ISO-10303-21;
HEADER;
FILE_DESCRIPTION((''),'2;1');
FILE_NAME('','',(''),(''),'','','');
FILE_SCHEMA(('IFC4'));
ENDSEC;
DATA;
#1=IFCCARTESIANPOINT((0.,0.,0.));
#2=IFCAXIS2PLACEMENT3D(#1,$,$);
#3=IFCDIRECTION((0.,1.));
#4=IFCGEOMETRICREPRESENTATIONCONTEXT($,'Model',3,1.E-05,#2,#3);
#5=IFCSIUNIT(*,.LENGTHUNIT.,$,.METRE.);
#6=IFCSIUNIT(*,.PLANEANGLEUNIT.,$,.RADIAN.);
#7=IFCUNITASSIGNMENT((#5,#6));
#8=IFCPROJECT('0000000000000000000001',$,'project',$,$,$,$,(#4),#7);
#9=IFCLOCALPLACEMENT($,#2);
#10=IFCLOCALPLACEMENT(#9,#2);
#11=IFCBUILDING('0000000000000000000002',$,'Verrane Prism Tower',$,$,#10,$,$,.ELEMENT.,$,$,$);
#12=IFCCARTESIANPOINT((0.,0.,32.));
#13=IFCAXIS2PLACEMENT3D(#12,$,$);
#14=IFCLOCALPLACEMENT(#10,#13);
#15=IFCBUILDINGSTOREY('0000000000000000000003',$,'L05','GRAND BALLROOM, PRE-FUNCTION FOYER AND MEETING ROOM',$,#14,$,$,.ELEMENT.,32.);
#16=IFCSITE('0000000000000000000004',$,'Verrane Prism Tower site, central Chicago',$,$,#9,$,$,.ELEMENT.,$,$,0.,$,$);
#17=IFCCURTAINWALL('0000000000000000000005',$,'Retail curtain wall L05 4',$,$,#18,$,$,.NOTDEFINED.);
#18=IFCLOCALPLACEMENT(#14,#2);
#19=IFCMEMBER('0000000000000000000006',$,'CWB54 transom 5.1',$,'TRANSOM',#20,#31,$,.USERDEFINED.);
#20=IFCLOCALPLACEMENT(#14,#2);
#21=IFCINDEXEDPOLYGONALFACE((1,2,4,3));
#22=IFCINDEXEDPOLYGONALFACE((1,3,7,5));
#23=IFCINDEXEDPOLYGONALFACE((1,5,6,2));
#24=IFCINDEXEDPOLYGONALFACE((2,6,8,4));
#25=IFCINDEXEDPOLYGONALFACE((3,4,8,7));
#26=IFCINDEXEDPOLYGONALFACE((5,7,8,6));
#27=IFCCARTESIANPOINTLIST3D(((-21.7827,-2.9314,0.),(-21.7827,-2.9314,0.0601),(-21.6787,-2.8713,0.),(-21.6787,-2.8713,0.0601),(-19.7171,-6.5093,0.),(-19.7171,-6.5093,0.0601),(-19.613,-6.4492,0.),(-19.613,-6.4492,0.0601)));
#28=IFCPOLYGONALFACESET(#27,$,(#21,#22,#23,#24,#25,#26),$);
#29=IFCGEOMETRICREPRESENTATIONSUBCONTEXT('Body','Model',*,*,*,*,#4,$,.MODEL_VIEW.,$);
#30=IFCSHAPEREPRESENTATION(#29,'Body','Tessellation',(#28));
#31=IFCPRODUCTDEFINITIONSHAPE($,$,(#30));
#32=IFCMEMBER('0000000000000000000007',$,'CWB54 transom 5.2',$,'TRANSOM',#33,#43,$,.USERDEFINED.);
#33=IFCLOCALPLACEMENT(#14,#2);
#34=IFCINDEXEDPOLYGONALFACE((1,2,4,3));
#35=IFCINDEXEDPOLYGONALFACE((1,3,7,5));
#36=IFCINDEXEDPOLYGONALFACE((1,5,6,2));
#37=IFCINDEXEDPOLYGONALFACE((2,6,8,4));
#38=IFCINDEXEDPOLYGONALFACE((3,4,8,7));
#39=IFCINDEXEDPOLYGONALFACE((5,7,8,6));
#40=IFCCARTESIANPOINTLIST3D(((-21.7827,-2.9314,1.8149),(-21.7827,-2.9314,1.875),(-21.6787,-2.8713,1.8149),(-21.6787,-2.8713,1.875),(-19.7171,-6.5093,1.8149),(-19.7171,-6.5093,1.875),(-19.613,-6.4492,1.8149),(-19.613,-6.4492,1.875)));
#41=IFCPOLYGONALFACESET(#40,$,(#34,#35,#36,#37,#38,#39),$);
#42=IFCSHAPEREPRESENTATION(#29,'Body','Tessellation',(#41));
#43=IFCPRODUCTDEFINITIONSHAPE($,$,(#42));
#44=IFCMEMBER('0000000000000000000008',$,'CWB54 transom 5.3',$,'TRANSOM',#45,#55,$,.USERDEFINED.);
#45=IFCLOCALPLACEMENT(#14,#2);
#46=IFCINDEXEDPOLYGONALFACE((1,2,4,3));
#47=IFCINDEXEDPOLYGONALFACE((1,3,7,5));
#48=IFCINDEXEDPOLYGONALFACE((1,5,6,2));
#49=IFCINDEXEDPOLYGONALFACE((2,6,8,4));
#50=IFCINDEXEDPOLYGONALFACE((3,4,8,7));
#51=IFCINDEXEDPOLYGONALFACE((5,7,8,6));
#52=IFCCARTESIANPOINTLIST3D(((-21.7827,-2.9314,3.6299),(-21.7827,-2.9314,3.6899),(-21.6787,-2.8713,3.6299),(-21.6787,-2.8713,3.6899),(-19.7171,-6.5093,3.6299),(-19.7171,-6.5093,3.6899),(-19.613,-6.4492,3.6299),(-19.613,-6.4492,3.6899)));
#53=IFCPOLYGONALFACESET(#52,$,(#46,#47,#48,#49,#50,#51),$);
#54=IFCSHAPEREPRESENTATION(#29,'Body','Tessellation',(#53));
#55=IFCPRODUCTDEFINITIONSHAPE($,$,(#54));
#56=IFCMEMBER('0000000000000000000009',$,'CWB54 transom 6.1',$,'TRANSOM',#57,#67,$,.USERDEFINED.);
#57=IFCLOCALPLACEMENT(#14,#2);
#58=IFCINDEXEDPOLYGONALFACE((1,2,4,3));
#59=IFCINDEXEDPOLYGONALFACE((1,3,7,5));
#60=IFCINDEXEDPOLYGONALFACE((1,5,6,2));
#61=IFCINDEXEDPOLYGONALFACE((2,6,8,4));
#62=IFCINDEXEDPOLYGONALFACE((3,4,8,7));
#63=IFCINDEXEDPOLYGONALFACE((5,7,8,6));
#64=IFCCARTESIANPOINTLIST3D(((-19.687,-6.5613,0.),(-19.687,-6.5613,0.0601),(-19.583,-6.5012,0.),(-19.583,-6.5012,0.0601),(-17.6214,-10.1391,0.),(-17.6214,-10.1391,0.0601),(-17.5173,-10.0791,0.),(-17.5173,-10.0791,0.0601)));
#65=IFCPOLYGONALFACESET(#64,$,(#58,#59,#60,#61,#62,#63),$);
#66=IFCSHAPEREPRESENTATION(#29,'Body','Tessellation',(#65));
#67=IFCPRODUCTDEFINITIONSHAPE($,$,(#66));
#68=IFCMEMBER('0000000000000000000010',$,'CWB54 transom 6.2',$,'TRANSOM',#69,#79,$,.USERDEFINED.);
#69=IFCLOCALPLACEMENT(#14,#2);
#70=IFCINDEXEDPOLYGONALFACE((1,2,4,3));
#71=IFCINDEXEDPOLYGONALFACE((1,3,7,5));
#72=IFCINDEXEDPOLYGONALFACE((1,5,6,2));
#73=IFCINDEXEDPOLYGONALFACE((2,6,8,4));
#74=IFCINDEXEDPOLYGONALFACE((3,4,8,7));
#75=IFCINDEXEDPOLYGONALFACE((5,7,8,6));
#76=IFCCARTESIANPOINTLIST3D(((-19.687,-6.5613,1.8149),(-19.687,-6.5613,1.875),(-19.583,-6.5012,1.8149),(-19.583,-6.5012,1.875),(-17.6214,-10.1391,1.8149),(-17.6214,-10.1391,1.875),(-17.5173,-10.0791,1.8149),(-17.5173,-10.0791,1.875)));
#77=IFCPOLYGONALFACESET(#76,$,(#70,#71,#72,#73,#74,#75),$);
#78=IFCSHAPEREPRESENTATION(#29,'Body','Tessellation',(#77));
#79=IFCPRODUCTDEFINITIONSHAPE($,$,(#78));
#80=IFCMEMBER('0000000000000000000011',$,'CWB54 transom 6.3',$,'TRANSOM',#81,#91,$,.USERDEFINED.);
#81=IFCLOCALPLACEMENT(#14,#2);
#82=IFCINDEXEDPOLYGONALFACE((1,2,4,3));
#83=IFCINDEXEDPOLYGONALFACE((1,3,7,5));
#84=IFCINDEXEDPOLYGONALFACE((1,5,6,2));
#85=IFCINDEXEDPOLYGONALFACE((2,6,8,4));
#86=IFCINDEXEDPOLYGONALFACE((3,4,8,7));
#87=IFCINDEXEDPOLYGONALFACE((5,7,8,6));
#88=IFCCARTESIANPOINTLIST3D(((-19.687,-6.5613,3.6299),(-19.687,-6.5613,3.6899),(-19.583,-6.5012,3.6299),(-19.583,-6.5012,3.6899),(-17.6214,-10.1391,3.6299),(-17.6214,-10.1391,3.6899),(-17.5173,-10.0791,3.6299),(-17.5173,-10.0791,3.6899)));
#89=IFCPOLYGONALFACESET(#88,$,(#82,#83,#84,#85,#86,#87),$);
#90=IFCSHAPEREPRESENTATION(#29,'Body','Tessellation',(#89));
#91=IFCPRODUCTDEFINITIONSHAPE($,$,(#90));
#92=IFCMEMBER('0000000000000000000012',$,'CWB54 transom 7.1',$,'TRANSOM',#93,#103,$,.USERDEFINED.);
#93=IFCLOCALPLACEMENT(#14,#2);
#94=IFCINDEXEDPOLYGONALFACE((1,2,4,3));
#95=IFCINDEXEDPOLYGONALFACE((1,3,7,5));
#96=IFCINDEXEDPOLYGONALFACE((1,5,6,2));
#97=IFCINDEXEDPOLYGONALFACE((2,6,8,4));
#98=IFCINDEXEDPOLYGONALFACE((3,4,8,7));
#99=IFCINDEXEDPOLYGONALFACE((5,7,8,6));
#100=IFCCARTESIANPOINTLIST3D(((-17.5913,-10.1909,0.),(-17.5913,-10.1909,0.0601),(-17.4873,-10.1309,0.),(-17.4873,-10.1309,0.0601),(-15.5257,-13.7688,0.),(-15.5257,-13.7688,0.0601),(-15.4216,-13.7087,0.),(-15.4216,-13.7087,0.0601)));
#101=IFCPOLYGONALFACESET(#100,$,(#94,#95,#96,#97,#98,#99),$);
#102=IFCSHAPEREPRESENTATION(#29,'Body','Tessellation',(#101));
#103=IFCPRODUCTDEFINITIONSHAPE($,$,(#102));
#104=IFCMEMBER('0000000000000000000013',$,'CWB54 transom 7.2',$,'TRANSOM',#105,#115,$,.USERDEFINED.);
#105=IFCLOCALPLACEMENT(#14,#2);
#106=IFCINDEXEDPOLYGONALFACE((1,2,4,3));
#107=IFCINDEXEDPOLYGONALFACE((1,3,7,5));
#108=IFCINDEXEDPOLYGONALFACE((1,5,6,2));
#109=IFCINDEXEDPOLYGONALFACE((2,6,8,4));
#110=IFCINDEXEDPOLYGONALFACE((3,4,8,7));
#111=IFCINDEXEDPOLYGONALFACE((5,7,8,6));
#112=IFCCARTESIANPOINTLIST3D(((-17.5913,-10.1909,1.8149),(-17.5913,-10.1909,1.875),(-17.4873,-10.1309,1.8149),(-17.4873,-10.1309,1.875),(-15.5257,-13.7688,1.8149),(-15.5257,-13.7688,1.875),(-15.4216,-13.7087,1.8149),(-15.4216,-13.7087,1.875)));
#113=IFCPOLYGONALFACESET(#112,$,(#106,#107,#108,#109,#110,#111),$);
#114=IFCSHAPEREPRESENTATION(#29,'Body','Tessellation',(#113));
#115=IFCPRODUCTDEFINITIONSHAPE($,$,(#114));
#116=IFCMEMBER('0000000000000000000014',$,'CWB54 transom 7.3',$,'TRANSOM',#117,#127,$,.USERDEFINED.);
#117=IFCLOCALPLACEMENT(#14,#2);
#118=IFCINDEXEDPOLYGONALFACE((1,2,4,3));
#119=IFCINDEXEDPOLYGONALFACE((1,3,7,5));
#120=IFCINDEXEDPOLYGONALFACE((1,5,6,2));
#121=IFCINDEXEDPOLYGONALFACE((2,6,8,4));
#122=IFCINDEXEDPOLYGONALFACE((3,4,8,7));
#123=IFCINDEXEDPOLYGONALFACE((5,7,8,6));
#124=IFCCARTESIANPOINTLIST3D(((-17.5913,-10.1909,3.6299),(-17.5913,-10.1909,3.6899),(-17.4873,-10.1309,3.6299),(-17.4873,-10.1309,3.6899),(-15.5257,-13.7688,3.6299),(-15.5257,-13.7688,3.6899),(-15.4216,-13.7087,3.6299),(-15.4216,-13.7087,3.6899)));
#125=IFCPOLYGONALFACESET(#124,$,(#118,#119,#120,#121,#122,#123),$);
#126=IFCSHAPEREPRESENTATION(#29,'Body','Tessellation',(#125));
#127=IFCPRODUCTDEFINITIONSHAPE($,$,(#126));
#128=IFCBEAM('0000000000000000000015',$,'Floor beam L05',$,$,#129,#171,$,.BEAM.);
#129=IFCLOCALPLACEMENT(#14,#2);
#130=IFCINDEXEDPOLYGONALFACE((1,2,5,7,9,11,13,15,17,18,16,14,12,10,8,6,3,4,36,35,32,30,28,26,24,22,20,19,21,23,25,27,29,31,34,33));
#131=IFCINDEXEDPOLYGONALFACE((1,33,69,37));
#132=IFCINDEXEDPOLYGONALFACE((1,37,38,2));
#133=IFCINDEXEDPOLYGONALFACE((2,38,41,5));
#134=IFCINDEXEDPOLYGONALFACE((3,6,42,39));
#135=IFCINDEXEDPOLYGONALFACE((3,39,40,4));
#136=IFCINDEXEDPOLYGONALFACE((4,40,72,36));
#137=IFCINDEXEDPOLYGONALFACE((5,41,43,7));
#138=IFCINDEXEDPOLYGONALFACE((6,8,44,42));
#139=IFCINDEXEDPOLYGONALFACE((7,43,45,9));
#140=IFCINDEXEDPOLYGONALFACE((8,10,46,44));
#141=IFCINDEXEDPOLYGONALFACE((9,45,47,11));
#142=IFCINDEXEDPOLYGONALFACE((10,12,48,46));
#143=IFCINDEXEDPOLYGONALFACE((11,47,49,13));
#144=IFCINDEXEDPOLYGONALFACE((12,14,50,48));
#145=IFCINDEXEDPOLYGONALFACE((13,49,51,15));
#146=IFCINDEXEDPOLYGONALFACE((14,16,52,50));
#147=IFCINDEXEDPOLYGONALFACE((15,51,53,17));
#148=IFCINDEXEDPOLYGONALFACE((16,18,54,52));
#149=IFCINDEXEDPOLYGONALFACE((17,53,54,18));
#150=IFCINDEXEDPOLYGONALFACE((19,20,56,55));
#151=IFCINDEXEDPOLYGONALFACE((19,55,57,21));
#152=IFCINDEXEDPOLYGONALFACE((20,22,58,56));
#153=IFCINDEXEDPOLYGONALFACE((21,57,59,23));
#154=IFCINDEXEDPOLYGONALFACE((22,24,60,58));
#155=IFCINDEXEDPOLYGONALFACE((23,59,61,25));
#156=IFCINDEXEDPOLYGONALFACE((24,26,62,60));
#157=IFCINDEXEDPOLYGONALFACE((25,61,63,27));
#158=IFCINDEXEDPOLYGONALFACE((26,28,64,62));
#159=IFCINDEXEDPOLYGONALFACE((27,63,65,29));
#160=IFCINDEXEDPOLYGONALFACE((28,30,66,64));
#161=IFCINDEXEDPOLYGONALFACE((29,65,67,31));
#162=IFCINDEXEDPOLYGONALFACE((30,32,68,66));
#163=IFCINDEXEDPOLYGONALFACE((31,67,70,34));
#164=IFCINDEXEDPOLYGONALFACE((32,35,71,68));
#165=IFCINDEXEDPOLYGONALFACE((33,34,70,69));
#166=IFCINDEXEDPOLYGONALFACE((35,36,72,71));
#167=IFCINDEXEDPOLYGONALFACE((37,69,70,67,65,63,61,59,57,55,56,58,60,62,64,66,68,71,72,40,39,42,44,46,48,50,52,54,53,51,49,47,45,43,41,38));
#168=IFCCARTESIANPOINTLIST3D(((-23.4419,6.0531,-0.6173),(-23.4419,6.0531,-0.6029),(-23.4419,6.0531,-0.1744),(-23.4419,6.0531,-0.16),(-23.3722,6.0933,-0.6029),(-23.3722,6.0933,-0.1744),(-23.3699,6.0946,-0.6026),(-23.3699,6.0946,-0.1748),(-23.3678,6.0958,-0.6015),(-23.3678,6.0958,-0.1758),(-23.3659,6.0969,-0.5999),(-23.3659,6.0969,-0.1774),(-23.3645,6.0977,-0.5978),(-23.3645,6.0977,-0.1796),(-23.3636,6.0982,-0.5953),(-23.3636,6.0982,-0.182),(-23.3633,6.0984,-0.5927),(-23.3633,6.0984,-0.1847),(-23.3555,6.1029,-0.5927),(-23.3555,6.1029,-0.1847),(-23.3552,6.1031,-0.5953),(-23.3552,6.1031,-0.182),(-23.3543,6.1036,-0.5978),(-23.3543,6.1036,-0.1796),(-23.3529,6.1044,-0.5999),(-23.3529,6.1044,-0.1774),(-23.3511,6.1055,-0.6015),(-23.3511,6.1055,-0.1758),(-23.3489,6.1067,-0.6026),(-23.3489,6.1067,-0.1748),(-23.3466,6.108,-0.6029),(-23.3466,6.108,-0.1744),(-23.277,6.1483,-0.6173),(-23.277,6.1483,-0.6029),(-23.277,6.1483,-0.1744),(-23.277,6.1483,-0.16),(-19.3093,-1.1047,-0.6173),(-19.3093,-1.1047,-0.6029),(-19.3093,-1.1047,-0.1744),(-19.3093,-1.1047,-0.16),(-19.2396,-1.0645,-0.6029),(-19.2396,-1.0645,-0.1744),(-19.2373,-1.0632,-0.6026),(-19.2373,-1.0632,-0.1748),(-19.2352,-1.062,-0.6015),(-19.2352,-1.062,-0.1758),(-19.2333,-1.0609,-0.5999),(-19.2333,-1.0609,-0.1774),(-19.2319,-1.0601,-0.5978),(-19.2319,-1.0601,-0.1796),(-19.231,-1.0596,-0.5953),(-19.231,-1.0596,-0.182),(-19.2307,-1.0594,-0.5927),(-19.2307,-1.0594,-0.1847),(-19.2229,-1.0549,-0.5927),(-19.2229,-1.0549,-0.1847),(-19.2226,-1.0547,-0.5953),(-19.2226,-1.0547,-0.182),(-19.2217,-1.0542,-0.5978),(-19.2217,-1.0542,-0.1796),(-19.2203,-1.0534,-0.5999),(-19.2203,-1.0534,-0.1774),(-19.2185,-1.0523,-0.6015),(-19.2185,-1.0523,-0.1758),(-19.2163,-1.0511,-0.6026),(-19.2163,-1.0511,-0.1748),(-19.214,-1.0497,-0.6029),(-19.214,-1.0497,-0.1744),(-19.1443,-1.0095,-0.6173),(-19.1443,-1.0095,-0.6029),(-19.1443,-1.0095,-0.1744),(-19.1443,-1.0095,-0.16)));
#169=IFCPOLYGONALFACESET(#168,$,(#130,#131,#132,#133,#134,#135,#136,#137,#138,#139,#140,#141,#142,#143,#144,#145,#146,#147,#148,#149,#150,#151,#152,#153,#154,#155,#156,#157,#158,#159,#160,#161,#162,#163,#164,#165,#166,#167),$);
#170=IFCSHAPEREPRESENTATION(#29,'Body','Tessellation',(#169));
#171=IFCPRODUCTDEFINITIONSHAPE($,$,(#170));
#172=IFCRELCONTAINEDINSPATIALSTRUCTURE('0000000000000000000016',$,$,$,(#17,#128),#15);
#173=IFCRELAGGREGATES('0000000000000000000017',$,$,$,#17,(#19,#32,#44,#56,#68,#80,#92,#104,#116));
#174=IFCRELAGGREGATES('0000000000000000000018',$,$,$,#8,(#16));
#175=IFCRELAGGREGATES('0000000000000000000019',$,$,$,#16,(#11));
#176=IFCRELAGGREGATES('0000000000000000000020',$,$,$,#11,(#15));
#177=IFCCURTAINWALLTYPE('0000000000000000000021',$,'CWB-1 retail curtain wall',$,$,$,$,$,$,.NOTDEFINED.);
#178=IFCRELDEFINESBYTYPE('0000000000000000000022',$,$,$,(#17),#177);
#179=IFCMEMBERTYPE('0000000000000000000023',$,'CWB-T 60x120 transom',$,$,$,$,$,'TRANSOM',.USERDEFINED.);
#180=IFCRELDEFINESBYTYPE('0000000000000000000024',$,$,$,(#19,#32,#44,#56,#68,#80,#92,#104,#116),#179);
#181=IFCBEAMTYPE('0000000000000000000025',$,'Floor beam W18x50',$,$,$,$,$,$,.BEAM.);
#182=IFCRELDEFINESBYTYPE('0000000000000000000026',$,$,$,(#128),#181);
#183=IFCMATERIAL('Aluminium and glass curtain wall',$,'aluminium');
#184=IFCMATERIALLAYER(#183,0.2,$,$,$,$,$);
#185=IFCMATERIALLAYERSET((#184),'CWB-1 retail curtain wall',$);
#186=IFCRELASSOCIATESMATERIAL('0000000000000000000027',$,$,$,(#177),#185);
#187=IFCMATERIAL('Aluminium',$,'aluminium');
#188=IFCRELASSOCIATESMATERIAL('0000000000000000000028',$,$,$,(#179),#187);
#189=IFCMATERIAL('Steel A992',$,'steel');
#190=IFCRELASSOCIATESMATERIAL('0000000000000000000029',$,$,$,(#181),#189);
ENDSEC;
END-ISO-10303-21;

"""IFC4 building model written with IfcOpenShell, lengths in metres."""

from ifc_helpers import new_model, si_unit, direction, frame, origin, origin_2d, place, context, subcontext, project, spatial, rectangle, i_section, extrude, material, layer, layer_set, material_profile, profile_set, type_object, element, aggregate, save


model = new_model("IFC4")

# Units and contexts
model_context = context("Model", 3, precision=1e-05, world=origin(), true_north=direction((0.0, 1.0)))
body_context = subcontext(model_context, "Body", "Model", "MODEL_VIEW")
ifc_project = project(units=[si_unit("LENGTHUNIT", "METRE"), si_unit("PLANEANGLEUNIT", "RADIAN")], contexts=[model_context])

# Site, building, storey
site_placement = place(None, origin())
site = spatial("IfcSite", under=ifc_project, at=site_placement, Name="Verrane Prism Tower site, central Chicago", CompositionType="ELEMENT", RefElevation=0.0)
building_placement = place(site_placement, origin())
building = spatial("IfcBuilding", under=site, at=building_placement, Name="Verrane Prism Tower", CompositionType="ELEMENT")
storey_placement = place(building_placement, frame((0.0, 0.0, 32.0)))
storey = spatial("IfcBuildingStorey", under=building, at=storey_placement, Name="L05", Description="GRAND BALLROOM, PRE-FUNCTION FOYER AND MEETING ROOM", CompositionType="ELEMENT", Elevation=32.0)

# Curtain wall, members
ifc_material_1 = material(Name="Aluminium and glass curtain wall", Category="aluminium")
ifc_layer_1 = layer(ifc_material_1, 0.2)
ifc_layer_set_1 = layer_set([ifc_layer_1], Name="CWB-1 retail curtain wall")
curtain_wall_type = type_object("IfcCurtainWallType", Name="CWB-1 retail curtain wall", PredefinedType="NOTDEFINED", material=ifc_layer_set_1)
curtain_wall_placement = place(storey_placement, origin())
curtain_wall = element("IfcCurtainWall", 1, at=curtain_wall_placement, inside=storey, type_object=curtain_wall_type, Name="Retail curtain wall L05 4", PredefinedType="NOTDEFINED")
ifc_material_2 = material(Name="Aluminium", Category="aluminium")
ifc_material_profile_1 = material_profile(ifc_material_2, rectangle(XDim=0.1201, YDim=0.0601, at=origin_2d()), Name="CWB-T 60x120 transom")
ifc_profile_set_1 = profile_set([ifc_material_profile_1], Name="Aluminium")
member_type_1 = type_object("IfcMemberType", Name="CWB-T 60x120 transom", ElementType="TRANSOM", PredefinedType="USERDEFINED", material=ifc_profile_set_1)
member_1_placement = place(storey_placement, frame((-21.7307, -2.9014, 0.03), z_axis=(0.499997, -0.866027, 0.0), x_axis=(0.866027, 0.499997, 0.0)))
member_1 = element("IfcMember", 2, at=member_1_placement, type_object=member_type_1, Name="CWB54 transom 5.1", ObjectType="TRANSOM", PredefinedType="USERDEFINED", context=body_context, shape_type="SweptSolid", body=[
    extrude(rectangle(XDim=0.1201, YDim=0.0601, at=origin_2d()), origin(), (0.0, 0.0, 1.0), 4.1313),
])
member_2_placement = place(storey_placement, frame((-21.7307, -2.9014, 1.845), z_axis=(0.499997, -0.866027, 0.0), x_axis=(0.866027, 0.499997, 0.0)))
member_2 = element("IfcMember", 3, at=member_2_placement, type_object=member_type_1, Name="CWB54 transom 5.2", ObjectType="TRANSOM", PredefinedType="USERDEFINED", context=body_context, shape_type="SweptSolid", body=[
    extrude(rectangle(XDim=0.1201, YDim=0.0601, at=origin_2d()), origin(), (0.0, 0.0, 1.0), 4.1313),
])
member_3_placement = place(storey_placement, frame((-21.7307, -2.9014, 3.6599), z_axis=(0.499997, -0.866027, 0.0), x_axis=(0.866027, 0.499997, 0.0)))
member_3 = element("IfcMember", 4, at=member_3_placement, type_object=member_type_1, Name="CWB54 transom 5.3", ObjectType="TRANSOM", PredefinedType="USERDEFINED", context=body_context, shape_type="SweptSolid", body=[
    extrude(rectangle(XDim=0.1201, YDim=0.0601, at=origin_2d()), origin(), (0.0, 0.0, 1.0), 4.1313),
])
member_4_placement = place(storey_placement, frame((-19.635, -6.5312, 0.03), z_axis=(0.499997, -0.866027, 0.0), x_axis=(0.866027, 0.499997, 0.0)))
member_4 = element("IfcMember", 5, at=member_4_placement, type_object=member_type_1, Name="CWB54 transom 6.1", ObjectType="TRANSOM", PredefinedType="USERDEFINED", context=body_context, shape_type="SweptSolid", body=[
    extrude(rectangle(XDim=0.1201, YDim=0.0601, at=origin_2d()), origin(), (0.0, 0.0, 1.0), 4.1313),
])
member_5_placement = place(storey_placement, frame((-19.635, -6.5312, 1.845), z_axis=(0.499997, -0.866027, 0.0), x_axis=(0.866027, 0.499997, 0.0)))
member_5 = element("IfcMember", 6, at=member_5_placement, type_object=member_type_1, Name="CWB54 transom 6.2", ObjectType="TRANSOM", PredefinedType="USERDEFINED", context=body_context, shape_type="SweptSolid", body=[
    extrude(rectangle(XDim=0.1201, YDim=0.0601, at=origin_2d()), origin(), (0.0, 0.0, 1.0), 4.1313),
])
member_6_placement = place(storey_placement, frame((-19.635, -6.5312, 3.6599), z_axis=(0.499997, -0.866027, 0.0), x_axis=(0.866027, 0.499997, 0.0)))
member_6 = element("IfcMember", 7, at=member_6_placement, type_object=member_type_1, Name="CWB54 transom 6.3", ObjectType="TRANSOM", PredefinedType="USERDEFINED", context=body_context, shape_type="SweptSolid", body=[
    extrude(rectangle(XDim=0.1201, YDim=0.0601, at=origin_2d()), origin(), (0.0, 0.0, 1.0), 4.1313),
])
member_7_placement = place(storey_placement, frame((-17.5393, -10.1609, 0.03), z_axis=(0.499997, -0.866027, 0.0), x_axis=(0.866027, 0.499997, 0.0)))
member_7 = element("IfcMember", 8, at=member_7_placement, type_object=member_type_1, Name="CWB54 transom 7.1", ObjectType="TRANSOM", PredefinedType="USERDEFINED", context=body_context, shape_type="SweptSolid", body=[
    extrude(rectangle(XDim=0.1201, YDim=0.0601, at=origin_2d()), origin(), (0.0, 0.0, 1.0), 4.1313),
])
member_8_placement = place(storey_placement, frame((-17.5393, -10.1609, 1.845), z_axis=(0.499997, -0.866027, 0.0), x_axis=(0.866027, 0.499997, 0.0)))
member_8 = element("IfcMember", 9, at=member_8_placement, type_object=member_type_1, Name="CWB54 transom 7.2", ObjectType="TRANSOM", PredefinedType="USERDEFINED", context=body_context, shape_type="SweptSolid", body=[
    extrude(rectangle(XDim=0.1201, YDim=0.0601, at=origin_2d()), origin(), (0.0, 0.0, 1.0), 4.1313),
])
member_9_placement = place(storey_placement, frame((-17.5393, -10.1609, 3.6599), z_axis=(0.499997, -0.866027, 0.0), x_axis=(0.866027, 0.499997, 0.0)))
member_9 = element("IfcMember", 10, at=member_9_placement, type_object=member_type_1, Name="CWB54 transom 7.3", ObjectType="TRANSOM", PredefinedType="USERDEFINED", context=body_context, shape_type="SweptSolid", body=[
    extrude(rectangle(XDim=0.1201, YDim=0.0601, at=origin_2d()), origin(), (0.0, 0.0, 1.0), 4.1313),
])

# Beam
ifc_material_3 = material(Name="Steel A992", Category="steel")
ifc_material_profile_2 = material_profile(ifc_material_3, i_section(OverallWidth=0.1904, OverallDepth=0.4573, WebThickness=0.009, FlangeThickness=0.0144, FilletRadius=0.0103, at=origin_2d()), Name="W18x50")
ifc_profile_set_2 = profile_set([ifc_material_profile_2], Name="Steel A992")
beam_type_1 = type_object("IfcBeamType", Name="Floor beam W18x50", PredefinedType="BEAM", material=ifc_profile_set_2)
beam_1_placement = place(storey_placement, frame((-19.2268, -1.0571, -0.3887), z_axis=(-0.500005, 0.866022, 0.0), x_axis=(-0.866022, -0.500005, 0.0)))
element("IfcBeam", 11, at=beam_1_placement, inside=storey, type_object=beam_type_1, Name="Floor beam L05", PredefinedType="BEAM", context=body_context, shape_type="SweptSolid", body=[
    extrude(i_section(OverallWidth=0.1904, OverallDepth=0.4573, WebThickness=0.009, FlangeThickness=0.0144, FilletRadius=0.0103, at=origin_2d()), origin(), (0.0, 0.0, 1.0), 8.2651),
])

aggregate(curtain_wall, [member_1, member_2, member_3, member_4, member_5, member_6, member_7, member_8, member_9])

save(model, "model.ifc")
